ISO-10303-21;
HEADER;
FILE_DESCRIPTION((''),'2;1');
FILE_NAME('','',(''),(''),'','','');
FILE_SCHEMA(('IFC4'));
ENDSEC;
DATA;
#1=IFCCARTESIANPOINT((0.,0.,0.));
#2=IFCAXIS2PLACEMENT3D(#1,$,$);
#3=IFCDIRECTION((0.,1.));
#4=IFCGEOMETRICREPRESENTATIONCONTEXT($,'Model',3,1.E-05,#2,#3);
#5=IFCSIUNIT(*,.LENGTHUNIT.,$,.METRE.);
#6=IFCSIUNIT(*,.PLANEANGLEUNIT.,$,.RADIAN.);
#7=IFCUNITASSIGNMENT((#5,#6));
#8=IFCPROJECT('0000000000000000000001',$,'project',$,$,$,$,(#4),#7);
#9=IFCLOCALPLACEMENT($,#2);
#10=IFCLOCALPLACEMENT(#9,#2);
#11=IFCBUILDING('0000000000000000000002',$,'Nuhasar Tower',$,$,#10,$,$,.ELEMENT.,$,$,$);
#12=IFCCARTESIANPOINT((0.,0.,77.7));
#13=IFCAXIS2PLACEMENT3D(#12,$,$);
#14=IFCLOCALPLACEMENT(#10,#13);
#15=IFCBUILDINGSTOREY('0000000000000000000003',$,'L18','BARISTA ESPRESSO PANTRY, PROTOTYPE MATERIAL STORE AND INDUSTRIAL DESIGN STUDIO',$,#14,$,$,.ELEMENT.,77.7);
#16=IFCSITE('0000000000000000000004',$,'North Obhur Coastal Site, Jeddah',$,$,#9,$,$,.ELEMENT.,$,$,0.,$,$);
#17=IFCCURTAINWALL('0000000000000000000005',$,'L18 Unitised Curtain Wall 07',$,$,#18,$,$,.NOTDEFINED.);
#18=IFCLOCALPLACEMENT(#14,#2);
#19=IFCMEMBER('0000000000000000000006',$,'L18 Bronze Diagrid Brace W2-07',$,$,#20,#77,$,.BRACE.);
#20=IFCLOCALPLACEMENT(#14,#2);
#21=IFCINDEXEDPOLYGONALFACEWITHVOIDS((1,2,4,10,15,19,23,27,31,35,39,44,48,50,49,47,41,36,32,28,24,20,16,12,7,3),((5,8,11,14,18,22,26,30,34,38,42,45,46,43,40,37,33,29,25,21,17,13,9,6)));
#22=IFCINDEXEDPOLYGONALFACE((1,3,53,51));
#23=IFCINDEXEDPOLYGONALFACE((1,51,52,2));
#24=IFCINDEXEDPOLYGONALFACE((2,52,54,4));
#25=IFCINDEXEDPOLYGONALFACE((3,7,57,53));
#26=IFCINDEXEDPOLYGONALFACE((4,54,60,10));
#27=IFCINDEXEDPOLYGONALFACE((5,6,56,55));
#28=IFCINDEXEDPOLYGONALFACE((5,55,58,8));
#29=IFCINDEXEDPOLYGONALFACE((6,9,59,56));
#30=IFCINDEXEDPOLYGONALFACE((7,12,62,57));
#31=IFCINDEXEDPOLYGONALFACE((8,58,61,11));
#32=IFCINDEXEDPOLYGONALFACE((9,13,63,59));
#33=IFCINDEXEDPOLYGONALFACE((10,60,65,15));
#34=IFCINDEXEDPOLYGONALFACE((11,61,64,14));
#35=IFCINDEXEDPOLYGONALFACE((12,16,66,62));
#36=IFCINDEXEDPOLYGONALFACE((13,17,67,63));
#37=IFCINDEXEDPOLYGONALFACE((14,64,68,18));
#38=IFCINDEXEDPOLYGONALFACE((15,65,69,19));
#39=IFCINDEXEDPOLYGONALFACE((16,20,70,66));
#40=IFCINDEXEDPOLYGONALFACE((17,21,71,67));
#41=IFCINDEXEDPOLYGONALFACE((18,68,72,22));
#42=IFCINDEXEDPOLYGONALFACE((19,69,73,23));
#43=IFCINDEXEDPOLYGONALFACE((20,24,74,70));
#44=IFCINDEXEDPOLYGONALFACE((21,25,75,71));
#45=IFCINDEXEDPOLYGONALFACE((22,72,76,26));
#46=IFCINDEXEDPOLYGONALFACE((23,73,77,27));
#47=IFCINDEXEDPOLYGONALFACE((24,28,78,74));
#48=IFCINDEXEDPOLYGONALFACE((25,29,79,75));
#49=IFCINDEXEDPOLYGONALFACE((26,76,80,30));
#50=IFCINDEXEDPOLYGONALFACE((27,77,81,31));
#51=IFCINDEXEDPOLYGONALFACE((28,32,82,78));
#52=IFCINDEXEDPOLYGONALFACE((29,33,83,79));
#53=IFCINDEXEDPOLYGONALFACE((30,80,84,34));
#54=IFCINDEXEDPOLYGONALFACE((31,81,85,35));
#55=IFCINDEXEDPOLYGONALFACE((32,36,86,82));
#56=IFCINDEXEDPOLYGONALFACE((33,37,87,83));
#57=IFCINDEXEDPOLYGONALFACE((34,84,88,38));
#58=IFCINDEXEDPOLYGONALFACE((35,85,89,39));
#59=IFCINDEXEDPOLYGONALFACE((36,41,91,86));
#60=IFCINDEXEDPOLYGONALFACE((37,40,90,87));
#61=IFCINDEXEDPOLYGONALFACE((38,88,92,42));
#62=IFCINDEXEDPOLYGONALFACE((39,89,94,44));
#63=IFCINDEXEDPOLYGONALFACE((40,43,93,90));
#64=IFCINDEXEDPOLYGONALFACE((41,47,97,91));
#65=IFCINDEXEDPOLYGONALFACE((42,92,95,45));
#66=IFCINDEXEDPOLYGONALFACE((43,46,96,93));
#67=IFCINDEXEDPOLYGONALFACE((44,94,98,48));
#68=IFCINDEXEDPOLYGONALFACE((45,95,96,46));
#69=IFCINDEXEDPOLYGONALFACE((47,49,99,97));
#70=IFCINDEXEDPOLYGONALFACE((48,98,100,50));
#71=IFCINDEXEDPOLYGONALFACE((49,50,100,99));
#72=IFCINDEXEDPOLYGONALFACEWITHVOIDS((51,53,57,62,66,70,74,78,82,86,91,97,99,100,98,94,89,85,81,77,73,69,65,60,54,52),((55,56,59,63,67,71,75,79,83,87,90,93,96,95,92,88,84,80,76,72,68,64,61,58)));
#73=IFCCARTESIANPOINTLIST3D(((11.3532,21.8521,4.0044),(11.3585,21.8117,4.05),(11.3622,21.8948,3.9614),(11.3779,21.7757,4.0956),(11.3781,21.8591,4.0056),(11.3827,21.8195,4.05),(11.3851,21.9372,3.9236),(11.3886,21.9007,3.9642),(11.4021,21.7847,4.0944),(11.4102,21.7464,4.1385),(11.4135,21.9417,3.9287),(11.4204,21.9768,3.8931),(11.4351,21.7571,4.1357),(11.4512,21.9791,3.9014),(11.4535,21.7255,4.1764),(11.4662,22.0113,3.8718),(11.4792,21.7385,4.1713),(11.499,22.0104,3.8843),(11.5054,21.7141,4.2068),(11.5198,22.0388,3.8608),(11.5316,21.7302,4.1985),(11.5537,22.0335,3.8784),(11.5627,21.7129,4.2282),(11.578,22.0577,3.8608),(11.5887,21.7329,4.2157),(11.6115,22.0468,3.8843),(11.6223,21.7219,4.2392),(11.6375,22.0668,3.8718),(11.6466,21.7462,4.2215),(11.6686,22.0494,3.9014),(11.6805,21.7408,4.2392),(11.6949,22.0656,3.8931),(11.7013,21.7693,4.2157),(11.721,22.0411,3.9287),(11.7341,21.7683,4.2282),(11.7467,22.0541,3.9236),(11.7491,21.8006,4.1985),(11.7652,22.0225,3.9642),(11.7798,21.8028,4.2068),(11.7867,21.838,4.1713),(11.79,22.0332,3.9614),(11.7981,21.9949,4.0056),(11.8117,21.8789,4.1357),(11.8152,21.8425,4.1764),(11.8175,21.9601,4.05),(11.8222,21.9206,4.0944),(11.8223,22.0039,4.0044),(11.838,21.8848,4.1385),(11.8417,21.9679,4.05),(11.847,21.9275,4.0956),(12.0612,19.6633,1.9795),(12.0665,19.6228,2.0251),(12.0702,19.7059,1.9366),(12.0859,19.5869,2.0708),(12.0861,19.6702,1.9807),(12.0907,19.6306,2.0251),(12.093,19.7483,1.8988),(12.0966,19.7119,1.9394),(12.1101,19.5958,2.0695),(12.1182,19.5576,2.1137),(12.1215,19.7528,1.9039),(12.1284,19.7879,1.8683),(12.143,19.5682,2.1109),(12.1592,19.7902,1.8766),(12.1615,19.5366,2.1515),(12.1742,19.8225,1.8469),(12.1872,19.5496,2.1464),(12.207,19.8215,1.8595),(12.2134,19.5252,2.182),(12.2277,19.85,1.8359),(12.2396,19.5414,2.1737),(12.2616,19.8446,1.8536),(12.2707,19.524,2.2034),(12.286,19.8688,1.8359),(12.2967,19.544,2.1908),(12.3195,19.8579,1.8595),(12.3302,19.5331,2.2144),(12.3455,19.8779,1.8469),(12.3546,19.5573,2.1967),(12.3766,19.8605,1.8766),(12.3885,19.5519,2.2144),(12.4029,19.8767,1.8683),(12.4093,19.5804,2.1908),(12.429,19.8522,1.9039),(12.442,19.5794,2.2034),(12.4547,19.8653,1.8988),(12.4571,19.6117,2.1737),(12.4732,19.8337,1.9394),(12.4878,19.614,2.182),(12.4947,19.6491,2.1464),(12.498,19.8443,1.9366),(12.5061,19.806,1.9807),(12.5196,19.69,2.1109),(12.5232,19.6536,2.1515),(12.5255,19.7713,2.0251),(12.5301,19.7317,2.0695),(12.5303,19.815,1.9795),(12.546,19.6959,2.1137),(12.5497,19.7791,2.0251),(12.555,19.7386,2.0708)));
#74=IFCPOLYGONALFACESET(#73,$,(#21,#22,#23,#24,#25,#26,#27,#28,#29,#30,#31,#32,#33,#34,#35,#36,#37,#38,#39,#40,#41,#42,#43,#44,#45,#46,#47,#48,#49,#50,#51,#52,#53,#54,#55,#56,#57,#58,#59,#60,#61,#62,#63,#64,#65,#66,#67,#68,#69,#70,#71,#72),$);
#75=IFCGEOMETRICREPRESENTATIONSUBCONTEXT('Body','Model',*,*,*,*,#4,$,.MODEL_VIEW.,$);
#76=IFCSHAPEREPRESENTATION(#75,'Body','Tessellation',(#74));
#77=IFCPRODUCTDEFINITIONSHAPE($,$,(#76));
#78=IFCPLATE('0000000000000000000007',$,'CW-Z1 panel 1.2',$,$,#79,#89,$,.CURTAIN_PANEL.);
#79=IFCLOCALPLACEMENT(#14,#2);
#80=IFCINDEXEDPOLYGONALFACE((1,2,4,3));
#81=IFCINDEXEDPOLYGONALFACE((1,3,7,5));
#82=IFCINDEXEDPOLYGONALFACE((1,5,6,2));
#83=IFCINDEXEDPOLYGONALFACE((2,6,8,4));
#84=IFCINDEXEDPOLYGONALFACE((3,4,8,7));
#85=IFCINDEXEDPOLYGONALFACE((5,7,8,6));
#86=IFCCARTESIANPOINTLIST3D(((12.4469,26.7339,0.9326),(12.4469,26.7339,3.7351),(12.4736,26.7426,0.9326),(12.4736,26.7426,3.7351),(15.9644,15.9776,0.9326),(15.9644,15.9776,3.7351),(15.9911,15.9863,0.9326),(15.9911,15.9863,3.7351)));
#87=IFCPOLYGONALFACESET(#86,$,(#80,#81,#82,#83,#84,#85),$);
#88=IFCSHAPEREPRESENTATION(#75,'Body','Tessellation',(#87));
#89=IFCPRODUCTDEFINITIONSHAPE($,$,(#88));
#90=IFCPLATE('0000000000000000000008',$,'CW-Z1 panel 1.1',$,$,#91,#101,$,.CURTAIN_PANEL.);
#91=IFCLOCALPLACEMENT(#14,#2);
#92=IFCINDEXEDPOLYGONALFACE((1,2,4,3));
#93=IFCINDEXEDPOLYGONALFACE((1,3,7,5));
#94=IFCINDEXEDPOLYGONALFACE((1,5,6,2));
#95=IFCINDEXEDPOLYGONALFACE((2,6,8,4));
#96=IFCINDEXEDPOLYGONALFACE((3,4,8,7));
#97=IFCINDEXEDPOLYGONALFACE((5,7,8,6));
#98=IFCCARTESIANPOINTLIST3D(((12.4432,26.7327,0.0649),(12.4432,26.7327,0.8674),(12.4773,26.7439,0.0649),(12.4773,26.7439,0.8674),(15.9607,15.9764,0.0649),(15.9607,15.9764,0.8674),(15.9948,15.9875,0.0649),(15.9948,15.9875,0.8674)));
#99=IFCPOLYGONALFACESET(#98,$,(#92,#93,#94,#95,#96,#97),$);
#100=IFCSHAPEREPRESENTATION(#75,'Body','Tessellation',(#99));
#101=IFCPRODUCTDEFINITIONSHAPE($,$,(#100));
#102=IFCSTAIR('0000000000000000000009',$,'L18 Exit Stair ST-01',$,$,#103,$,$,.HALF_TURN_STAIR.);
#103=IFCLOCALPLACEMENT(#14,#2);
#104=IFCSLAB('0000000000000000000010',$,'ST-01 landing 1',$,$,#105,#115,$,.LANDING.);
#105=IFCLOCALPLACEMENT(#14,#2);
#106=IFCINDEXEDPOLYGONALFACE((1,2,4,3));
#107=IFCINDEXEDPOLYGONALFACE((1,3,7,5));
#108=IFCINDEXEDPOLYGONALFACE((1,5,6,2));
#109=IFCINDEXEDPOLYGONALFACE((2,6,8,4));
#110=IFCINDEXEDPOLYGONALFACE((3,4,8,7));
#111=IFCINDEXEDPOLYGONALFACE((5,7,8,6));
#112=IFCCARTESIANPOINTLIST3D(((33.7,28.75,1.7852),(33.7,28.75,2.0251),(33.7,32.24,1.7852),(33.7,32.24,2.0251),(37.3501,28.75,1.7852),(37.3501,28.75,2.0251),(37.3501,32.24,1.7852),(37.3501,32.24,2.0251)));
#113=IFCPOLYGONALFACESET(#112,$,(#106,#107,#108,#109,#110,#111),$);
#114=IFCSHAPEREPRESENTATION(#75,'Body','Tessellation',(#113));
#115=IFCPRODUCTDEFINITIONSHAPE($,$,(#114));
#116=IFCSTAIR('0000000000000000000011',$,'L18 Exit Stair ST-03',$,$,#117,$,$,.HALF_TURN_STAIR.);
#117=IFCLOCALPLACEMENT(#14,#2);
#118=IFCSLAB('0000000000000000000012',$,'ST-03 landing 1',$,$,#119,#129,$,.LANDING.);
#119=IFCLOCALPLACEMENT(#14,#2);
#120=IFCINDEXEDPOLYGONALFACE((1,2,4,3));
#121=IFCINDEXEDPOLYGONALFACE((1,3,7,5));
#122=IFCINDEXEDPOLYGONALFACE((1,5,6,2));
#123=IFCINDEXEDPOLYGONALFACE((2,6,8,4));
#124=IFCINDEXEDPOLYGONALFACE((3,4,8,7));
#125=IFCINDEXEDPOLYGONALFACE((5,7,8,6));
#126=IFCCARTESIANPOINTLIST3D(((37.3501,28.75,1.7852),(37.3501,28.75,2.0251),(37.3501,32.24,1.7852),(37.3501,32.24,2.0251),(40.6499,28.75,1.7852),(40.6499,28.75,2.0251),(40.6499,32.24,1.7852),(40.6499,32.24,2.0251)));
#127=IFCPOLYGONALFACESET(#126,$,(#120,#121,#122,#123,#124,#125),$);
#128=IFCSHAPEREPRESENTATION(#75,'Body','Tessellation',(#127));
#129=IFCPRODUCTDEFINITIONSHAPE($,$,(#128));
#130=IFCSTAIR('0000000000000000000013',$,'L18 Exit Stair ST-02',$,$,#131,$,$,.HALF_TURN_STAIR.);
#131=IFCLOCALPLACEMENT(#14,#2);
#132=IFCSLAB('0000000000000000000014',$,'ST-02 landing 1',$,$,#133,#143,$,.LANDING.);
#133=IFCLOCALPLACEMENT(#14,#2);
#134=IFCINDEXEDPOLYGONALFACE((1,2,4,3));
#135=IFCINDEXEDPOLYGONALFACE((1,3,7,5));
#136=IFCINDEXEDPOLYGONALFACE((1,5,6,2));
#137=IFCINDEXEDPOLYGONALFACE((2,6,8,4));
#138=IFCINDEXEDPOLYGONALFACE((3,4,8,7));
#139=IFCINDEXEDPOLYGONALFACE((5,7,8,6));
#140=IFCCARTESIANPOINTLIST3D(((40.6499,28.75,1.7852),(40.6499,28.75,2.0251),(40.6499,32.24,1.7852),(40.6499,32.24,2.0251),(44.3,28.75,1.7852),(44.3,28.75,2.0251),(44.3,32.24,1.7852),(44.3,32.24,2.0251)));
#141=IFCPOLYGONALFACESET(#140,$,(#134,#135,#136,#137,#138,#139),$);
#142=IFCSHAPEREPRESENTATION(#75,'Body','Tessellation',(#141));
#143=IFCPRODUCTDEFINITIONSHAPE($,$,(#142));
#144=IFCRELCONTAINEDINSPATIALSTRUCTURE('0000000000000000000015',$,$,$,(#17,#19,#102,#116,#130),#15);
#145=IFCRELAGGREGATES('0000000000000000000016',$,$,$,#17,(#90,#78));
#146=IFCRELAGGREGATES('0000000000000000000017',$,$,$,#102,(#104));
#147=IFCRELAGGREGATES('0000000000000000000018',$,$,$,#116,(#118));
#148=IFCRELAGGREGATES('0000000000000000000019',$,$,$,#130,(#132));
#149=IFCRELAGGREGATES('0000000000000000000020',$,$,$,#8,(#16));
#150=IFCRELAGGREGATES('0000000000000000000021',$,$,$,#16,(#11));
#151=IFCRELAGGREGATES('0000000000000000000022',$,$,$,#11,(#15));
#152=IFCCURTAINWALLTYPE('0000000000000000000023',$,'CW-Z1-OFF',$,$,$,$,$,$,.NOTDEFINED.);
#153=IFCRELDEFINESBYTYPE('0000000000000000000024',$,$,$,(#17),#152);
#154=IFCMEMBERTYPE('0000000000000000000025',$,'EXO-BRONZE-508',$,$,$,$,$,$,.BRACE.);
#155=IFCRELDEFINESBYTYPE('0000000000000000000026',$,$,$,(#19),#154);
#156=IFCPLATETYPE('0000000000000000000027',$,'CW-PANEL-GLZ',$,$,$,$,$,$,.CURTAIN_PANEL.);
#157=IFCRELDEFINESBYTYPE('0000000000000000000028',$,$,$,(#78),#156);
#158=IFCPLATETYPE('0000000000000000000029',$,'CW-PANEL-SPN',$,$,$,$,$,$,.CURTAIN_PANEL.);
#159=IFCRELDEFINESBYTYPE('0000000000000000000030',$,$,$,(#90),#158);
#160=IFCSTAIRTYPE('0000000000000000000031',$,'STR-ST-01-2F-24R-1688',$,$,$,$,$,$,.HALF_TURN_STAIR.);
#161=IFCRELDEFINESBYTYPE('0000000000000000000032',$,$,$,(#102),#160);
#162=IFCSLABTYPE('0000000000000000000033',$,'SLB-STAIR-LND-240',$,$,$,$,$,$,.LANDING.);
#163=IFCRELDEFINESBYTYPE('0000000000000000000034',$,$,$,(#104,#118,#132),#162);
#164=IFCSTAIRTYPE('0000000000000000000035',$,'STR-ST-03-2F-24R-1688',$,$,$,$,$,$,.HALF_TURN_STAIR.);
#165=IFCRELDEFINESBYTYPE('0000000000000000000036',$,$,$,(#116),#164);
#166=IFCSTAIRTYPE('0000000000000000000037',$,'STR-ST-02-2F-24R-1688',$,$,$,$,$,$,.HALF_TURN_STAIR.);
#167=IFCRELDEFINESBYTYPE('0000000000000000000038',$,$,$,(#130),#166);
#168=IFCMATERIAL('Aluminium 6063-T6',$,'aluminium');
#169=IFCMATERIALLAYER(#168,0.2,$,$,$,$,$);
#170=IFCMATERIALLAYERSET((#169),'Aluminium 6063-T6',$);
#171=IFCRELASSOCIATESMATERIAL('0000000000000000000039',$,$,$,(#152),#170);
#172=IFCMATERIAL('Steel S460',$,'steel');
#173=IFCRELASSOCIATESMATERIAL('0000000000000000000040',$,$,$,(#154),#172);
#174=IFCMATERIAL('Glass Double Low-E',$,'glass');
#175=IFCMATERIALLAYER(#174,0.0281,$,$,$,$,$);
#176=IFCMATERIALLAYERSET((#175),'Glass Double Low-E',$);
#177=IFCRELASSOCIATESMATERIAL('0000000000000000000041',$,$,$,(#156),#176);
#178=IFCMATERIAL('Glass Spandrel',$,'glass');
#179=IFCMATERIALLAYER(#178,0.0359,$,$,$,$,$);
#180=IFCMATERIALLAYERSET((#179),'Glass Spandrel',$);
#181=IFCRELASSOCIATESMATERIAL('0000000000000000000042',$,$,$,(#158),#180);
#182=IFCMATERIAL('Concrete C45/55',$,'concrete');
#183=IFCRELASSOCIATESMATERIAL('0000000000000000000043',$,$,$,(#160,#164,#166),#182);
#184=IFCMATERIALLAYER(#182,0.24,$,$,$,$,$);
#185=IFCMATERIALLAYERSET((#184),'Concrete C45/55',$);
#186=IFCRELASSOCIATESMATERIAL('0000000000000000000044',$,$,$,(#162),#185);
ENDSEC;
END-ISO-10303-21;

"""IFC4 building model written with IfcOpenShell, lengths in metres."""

from ifc_helpers import new_model, si_unit, direction, frame, origin, origin_2d, place, context, subcontext, project, spatial, polyline, rectangle, hollow_circle, outline, extrude, material, layer, layer_set, material_profile, profile_set, type_object, element, aggregate, save


model = new_model("IFC4")

# Units and contexts
model_context = context("Model", 3, precision=1e-05, world=origin(), true_north=direction((0.0, 1.0)))
body_context = subcontext(model_context, "Body", "Model", "MODEL_VIEW")
ifc_project = project(units=[si_unit("LENGTHUNIT", "METRE"), si_unit("PLANEANGLEUNIT", "RADIAN")], contexts=[model_context])

# Site, building, storey
site_placement = place(None, origin())
site = spatial("IfcSite", under=ifc_project, at=site_placement, Name="North Obhur Coastal Site, Jeddah", CompositionType="ELEMENT", RefElevation=0.0)
building_placement = place(site_placement, origin())
building = spatial("IfcBuilding", under=site, at=building_placement, Name="Nuhasar Tower", CompositionType="ELEMENT")
storey_placement = place(building_placement, frame((0.0, 0.0, 77.7)))
storey = spatial("IfcBuildingStorey", under=building, at=storey_placement, Name="L18", Description="BARISTA ESPRESSO PANTRY, PROTOTYPE MATERIAL STORE AND INDUSTRIAL DESIGN STUDIO", CompositionType="ELEMENT", Elevation=77.7)

# Curtain wall
ifc_material_1 = material(Name="Aluminium 6063-T6", Category="aluminium")
ifc_layer_1 = layer(ifc_material_1, 0.2)
ifc_layer_set_1 = layer_set([ifc_layer_1], Name="Aluminium 6063-T6")
curtain_wall_type = type_object("IfcCurtainWallType", Name="CW-Z1-OFF", PredefinedType="NOTDEFINED", material=ifc_layer_set_1)
curtain_wall_1_placement = place(storey_placement, origin())
curtain_wall_1 = element("IfcCurtainWall", 1, at=curtain_wall_1_placement, inside=storey, type_object=curtain_wall_type, Name="L18 Unitised Curtain Wall 07", PredefinedType="NOTDEFINED")

# Member
ifc_material_2 = material(Name="Steel S460", Category="steel")
ifc_material_profile_1 = material_profile(ifc_material_2, hollow_circle(Radius=0.2539, WallThickness=0.0254, at=origin_2d()), Name="HSS508X25.4")
ifc_profile_set_1 = profile_set([ifc_material_profile_1], Name="Steel S460")
member_type_1 = type_object("IfcMemberType", Name="EXO-BRONZE-508", PredefinedType="BRACE", material=ifc_profile_set_1)
member_1_placement = place(storey_placement, frame((12.3081, 19.7009, 2.0251), z_axis=(-0.231012, 0.714225, 0.660694), x_axis=(-0.951468, -0.307747, 0.0)))
element("IfcMember", 2, at=member_1_placement, inside=storey, type_object=member_type_1, Name="L18 Bronze Diagrid Brace W2-07", PredefinedType="BRACE", context=body_context, shape_type="SweptSolid", body=[
    extrude(hollow_circle(Radius=0.2539, WallThickness=0.0254, at=origin_2d()), origin(), (0.0, 0.0, 1.0), 3.0647),
])

# Plates
ifc_material_3 = material(Name="Glass Double Low-E", Category="glass")
ifc_layer_2 = layer(ifc_material_3, 0.0281)
ifc_layer_set_2 = layer_set([ifc_layer_2], Name="Glass Double Low-E")
plate_type_1 = type_object("IfcPlateType", Name="CW-PANEL-GLZ", PredefinedType="CURTAIN_PANEL", material=ifc_layer_set_2)
plate_1_placement = place(storey_placement, frame((14.219, 21.3601, 0.9326), z_axis=(0.0, 0.0, 1.0), x_axis=(0.310824, -0.950468, 0.0)))
plate_1 = element("IfcPlate", 3, at=plate_1_placement, type_object=plate_type_1, Name="CW-Z1 panel 1.2", PredefinedType="CURTAIN_PANEL", context=body_context, shape_type="SweptSolid", body=[
    extrude(rectangle(XDim=11.3169, YDim=0.0281, at=origin_2d()), origin(), (0.0, 0.0, 1.0), 2.8025),
])
ifc_material_4 = material(Name="Glass Spandrel", Category="glass")
ifc_layer_3 = layer(ifc_material_4, 0.0359)
ifc_layer_set_3 = layer_set([ifc_layer_3], Name="Glass Spandrel")
plate_type_2 = type_object("IfcPlateType", Name="CW-PANEL-SPN", PredefinedType="CURTAIN_PANEL", material=ifc_layer_set_3)
plate_2_placement = place(storey_placement, frame((14.219, 21.3601, 0.0649), z_axis=(0.0, 0.0, 1.0), x_axis=(0.310824, -0.950468, 0.0)))
plate_2 = element("IfcPlate", 4, at=plate_2_placement, type_object=plate_type_2, Name="CW-Z1 panel 1.1", PredefinedType="CURTAIN_PANEL", context=body_context, shape_type="SweptSolid", body=[
    extrude(rectangle(XDim=11.3169, YDim=0.0359, at=origin_2d()), origin(), (0.0, 0.0, 1.0), 0.8025),
])
aggregate(curtain_wall_1, [plate_2, plate_1])

# Stairs, slabs
ifc_material_5 = material(Name="Concrete C45/55", Category="concrete")
stair_type_1 = type_object("IfcStairType", Name="STR-ST-01-2F-24R-1688", PredefinedType="HALF_TURN_STAIR", material=ifc_material_5)
stair_1_placement = place(storey_placement, origin())
stair_1 = element("IfcStair", 5, at=stair_1_placement, inside=storey, type_object=stair_type_1, Name="L18 Exit Stair ST-01", PredefinedType="HALF_TURN_STAIR")
ifc_layer_4 = layer(ifc_material_5, 0.24)
ifc_layer_set_4 = layer_set([ifc_layer_4], Name="Concrete C45/55")
slab_type_1 = type_object("IfcSlabType", Name="SLB-STAIR-LND-240", PredefinedType="LANDING", material=ifc_layer_set_4)
slab_1_placement = place(storey_placement, frame((0.0, 0.0, 1.7852)))
slab_1 = element("IfcSlab", 6, at=slab_1_placement, type_object=slab_type_1, Name="ST-01 landing 1", PredefinedType="LANDING", context=body_context, shape_type="SweptSolid", body=[
    extrude(outline(polyline([(33.7, 28.75), (37.3501, 28.75), (37.3501, 32.24), (33.7, 32.24), (33.7, 28.75)])), origin(), (0.0, 0.0, 1.0), 0.24),
])
aggregate(stair_1, [slab_1])
stair_type_2 = type_object("IfcStairType", Name="STR-ST-03-2F-24R-1688", PredefinedType="HALF_TURN_STAIR", material=ifc_material_5)
stair_2_placement = place(storey_placement, origin())
stair_2 = element("IfcStair", 7, at=stair_2_placement, inside=storey, type_object=stair_type_2, Name="L18 Exit Stair ST-03", PredefinedType="HALF_TURN_STAIR")
slab_2_placement = place(storey_placement, frame((0.0, 0.0, 1.7852)))
slab_2 = element("IfcSlab", 8, at=slab_2_placement, type_object=slab_type_1, Name="ST-03 landing 1", PredefinedType="LANDING", context=body_context, shape_type="SweptSolid", body=[
    extrude(outline(polyline([(37.3501, 28.75), (40.6499, 28.75), (40.6499, 32.24), (37.3501, 32.24), (37.3501, 28.75)])), origin(), (0.0, 0.0, 1.0), 0.24),
])
aggregate(stair_2, [slab_2])
stair_type_3 = type_object("IfcStairType", Name="STR-ST-02-2F-24R-1688", PredefinedType="HALF_TURN_STAIR", material=ifc_material_5)
stair_3_placement = place(storey_placement, origin())
stair_3 = element("IfcStair", 9, at=stair_3_placement, inside=storey, type_object=stair_type_3, Name="L18 Exit Stair ST-02", PredefinedType="HALF_TURN_STAIR")
slab_3_placement = place(storey_placement, frame((0.0, 0.0, 1.7852)))
slab_3 = element("IfcSlab", 10, at=slab_3_placement, type_object=slab_type_1, Name="ST-02 landing 1", PredefinedType="LANDING", context=body_context, shape_type="SweptSolid", body=[
    extrude(outline(polyline([(40.6499, 28.75), (44.3, 28.75), (44.3, 32.24), (40.6499, 32.24), (40.6499, 28.75)])), origin(), (0.0, 0.0, 1.0), 0.24),
])
aggregate(stair_3, [slab_3])

save(model, "model.ifc")
